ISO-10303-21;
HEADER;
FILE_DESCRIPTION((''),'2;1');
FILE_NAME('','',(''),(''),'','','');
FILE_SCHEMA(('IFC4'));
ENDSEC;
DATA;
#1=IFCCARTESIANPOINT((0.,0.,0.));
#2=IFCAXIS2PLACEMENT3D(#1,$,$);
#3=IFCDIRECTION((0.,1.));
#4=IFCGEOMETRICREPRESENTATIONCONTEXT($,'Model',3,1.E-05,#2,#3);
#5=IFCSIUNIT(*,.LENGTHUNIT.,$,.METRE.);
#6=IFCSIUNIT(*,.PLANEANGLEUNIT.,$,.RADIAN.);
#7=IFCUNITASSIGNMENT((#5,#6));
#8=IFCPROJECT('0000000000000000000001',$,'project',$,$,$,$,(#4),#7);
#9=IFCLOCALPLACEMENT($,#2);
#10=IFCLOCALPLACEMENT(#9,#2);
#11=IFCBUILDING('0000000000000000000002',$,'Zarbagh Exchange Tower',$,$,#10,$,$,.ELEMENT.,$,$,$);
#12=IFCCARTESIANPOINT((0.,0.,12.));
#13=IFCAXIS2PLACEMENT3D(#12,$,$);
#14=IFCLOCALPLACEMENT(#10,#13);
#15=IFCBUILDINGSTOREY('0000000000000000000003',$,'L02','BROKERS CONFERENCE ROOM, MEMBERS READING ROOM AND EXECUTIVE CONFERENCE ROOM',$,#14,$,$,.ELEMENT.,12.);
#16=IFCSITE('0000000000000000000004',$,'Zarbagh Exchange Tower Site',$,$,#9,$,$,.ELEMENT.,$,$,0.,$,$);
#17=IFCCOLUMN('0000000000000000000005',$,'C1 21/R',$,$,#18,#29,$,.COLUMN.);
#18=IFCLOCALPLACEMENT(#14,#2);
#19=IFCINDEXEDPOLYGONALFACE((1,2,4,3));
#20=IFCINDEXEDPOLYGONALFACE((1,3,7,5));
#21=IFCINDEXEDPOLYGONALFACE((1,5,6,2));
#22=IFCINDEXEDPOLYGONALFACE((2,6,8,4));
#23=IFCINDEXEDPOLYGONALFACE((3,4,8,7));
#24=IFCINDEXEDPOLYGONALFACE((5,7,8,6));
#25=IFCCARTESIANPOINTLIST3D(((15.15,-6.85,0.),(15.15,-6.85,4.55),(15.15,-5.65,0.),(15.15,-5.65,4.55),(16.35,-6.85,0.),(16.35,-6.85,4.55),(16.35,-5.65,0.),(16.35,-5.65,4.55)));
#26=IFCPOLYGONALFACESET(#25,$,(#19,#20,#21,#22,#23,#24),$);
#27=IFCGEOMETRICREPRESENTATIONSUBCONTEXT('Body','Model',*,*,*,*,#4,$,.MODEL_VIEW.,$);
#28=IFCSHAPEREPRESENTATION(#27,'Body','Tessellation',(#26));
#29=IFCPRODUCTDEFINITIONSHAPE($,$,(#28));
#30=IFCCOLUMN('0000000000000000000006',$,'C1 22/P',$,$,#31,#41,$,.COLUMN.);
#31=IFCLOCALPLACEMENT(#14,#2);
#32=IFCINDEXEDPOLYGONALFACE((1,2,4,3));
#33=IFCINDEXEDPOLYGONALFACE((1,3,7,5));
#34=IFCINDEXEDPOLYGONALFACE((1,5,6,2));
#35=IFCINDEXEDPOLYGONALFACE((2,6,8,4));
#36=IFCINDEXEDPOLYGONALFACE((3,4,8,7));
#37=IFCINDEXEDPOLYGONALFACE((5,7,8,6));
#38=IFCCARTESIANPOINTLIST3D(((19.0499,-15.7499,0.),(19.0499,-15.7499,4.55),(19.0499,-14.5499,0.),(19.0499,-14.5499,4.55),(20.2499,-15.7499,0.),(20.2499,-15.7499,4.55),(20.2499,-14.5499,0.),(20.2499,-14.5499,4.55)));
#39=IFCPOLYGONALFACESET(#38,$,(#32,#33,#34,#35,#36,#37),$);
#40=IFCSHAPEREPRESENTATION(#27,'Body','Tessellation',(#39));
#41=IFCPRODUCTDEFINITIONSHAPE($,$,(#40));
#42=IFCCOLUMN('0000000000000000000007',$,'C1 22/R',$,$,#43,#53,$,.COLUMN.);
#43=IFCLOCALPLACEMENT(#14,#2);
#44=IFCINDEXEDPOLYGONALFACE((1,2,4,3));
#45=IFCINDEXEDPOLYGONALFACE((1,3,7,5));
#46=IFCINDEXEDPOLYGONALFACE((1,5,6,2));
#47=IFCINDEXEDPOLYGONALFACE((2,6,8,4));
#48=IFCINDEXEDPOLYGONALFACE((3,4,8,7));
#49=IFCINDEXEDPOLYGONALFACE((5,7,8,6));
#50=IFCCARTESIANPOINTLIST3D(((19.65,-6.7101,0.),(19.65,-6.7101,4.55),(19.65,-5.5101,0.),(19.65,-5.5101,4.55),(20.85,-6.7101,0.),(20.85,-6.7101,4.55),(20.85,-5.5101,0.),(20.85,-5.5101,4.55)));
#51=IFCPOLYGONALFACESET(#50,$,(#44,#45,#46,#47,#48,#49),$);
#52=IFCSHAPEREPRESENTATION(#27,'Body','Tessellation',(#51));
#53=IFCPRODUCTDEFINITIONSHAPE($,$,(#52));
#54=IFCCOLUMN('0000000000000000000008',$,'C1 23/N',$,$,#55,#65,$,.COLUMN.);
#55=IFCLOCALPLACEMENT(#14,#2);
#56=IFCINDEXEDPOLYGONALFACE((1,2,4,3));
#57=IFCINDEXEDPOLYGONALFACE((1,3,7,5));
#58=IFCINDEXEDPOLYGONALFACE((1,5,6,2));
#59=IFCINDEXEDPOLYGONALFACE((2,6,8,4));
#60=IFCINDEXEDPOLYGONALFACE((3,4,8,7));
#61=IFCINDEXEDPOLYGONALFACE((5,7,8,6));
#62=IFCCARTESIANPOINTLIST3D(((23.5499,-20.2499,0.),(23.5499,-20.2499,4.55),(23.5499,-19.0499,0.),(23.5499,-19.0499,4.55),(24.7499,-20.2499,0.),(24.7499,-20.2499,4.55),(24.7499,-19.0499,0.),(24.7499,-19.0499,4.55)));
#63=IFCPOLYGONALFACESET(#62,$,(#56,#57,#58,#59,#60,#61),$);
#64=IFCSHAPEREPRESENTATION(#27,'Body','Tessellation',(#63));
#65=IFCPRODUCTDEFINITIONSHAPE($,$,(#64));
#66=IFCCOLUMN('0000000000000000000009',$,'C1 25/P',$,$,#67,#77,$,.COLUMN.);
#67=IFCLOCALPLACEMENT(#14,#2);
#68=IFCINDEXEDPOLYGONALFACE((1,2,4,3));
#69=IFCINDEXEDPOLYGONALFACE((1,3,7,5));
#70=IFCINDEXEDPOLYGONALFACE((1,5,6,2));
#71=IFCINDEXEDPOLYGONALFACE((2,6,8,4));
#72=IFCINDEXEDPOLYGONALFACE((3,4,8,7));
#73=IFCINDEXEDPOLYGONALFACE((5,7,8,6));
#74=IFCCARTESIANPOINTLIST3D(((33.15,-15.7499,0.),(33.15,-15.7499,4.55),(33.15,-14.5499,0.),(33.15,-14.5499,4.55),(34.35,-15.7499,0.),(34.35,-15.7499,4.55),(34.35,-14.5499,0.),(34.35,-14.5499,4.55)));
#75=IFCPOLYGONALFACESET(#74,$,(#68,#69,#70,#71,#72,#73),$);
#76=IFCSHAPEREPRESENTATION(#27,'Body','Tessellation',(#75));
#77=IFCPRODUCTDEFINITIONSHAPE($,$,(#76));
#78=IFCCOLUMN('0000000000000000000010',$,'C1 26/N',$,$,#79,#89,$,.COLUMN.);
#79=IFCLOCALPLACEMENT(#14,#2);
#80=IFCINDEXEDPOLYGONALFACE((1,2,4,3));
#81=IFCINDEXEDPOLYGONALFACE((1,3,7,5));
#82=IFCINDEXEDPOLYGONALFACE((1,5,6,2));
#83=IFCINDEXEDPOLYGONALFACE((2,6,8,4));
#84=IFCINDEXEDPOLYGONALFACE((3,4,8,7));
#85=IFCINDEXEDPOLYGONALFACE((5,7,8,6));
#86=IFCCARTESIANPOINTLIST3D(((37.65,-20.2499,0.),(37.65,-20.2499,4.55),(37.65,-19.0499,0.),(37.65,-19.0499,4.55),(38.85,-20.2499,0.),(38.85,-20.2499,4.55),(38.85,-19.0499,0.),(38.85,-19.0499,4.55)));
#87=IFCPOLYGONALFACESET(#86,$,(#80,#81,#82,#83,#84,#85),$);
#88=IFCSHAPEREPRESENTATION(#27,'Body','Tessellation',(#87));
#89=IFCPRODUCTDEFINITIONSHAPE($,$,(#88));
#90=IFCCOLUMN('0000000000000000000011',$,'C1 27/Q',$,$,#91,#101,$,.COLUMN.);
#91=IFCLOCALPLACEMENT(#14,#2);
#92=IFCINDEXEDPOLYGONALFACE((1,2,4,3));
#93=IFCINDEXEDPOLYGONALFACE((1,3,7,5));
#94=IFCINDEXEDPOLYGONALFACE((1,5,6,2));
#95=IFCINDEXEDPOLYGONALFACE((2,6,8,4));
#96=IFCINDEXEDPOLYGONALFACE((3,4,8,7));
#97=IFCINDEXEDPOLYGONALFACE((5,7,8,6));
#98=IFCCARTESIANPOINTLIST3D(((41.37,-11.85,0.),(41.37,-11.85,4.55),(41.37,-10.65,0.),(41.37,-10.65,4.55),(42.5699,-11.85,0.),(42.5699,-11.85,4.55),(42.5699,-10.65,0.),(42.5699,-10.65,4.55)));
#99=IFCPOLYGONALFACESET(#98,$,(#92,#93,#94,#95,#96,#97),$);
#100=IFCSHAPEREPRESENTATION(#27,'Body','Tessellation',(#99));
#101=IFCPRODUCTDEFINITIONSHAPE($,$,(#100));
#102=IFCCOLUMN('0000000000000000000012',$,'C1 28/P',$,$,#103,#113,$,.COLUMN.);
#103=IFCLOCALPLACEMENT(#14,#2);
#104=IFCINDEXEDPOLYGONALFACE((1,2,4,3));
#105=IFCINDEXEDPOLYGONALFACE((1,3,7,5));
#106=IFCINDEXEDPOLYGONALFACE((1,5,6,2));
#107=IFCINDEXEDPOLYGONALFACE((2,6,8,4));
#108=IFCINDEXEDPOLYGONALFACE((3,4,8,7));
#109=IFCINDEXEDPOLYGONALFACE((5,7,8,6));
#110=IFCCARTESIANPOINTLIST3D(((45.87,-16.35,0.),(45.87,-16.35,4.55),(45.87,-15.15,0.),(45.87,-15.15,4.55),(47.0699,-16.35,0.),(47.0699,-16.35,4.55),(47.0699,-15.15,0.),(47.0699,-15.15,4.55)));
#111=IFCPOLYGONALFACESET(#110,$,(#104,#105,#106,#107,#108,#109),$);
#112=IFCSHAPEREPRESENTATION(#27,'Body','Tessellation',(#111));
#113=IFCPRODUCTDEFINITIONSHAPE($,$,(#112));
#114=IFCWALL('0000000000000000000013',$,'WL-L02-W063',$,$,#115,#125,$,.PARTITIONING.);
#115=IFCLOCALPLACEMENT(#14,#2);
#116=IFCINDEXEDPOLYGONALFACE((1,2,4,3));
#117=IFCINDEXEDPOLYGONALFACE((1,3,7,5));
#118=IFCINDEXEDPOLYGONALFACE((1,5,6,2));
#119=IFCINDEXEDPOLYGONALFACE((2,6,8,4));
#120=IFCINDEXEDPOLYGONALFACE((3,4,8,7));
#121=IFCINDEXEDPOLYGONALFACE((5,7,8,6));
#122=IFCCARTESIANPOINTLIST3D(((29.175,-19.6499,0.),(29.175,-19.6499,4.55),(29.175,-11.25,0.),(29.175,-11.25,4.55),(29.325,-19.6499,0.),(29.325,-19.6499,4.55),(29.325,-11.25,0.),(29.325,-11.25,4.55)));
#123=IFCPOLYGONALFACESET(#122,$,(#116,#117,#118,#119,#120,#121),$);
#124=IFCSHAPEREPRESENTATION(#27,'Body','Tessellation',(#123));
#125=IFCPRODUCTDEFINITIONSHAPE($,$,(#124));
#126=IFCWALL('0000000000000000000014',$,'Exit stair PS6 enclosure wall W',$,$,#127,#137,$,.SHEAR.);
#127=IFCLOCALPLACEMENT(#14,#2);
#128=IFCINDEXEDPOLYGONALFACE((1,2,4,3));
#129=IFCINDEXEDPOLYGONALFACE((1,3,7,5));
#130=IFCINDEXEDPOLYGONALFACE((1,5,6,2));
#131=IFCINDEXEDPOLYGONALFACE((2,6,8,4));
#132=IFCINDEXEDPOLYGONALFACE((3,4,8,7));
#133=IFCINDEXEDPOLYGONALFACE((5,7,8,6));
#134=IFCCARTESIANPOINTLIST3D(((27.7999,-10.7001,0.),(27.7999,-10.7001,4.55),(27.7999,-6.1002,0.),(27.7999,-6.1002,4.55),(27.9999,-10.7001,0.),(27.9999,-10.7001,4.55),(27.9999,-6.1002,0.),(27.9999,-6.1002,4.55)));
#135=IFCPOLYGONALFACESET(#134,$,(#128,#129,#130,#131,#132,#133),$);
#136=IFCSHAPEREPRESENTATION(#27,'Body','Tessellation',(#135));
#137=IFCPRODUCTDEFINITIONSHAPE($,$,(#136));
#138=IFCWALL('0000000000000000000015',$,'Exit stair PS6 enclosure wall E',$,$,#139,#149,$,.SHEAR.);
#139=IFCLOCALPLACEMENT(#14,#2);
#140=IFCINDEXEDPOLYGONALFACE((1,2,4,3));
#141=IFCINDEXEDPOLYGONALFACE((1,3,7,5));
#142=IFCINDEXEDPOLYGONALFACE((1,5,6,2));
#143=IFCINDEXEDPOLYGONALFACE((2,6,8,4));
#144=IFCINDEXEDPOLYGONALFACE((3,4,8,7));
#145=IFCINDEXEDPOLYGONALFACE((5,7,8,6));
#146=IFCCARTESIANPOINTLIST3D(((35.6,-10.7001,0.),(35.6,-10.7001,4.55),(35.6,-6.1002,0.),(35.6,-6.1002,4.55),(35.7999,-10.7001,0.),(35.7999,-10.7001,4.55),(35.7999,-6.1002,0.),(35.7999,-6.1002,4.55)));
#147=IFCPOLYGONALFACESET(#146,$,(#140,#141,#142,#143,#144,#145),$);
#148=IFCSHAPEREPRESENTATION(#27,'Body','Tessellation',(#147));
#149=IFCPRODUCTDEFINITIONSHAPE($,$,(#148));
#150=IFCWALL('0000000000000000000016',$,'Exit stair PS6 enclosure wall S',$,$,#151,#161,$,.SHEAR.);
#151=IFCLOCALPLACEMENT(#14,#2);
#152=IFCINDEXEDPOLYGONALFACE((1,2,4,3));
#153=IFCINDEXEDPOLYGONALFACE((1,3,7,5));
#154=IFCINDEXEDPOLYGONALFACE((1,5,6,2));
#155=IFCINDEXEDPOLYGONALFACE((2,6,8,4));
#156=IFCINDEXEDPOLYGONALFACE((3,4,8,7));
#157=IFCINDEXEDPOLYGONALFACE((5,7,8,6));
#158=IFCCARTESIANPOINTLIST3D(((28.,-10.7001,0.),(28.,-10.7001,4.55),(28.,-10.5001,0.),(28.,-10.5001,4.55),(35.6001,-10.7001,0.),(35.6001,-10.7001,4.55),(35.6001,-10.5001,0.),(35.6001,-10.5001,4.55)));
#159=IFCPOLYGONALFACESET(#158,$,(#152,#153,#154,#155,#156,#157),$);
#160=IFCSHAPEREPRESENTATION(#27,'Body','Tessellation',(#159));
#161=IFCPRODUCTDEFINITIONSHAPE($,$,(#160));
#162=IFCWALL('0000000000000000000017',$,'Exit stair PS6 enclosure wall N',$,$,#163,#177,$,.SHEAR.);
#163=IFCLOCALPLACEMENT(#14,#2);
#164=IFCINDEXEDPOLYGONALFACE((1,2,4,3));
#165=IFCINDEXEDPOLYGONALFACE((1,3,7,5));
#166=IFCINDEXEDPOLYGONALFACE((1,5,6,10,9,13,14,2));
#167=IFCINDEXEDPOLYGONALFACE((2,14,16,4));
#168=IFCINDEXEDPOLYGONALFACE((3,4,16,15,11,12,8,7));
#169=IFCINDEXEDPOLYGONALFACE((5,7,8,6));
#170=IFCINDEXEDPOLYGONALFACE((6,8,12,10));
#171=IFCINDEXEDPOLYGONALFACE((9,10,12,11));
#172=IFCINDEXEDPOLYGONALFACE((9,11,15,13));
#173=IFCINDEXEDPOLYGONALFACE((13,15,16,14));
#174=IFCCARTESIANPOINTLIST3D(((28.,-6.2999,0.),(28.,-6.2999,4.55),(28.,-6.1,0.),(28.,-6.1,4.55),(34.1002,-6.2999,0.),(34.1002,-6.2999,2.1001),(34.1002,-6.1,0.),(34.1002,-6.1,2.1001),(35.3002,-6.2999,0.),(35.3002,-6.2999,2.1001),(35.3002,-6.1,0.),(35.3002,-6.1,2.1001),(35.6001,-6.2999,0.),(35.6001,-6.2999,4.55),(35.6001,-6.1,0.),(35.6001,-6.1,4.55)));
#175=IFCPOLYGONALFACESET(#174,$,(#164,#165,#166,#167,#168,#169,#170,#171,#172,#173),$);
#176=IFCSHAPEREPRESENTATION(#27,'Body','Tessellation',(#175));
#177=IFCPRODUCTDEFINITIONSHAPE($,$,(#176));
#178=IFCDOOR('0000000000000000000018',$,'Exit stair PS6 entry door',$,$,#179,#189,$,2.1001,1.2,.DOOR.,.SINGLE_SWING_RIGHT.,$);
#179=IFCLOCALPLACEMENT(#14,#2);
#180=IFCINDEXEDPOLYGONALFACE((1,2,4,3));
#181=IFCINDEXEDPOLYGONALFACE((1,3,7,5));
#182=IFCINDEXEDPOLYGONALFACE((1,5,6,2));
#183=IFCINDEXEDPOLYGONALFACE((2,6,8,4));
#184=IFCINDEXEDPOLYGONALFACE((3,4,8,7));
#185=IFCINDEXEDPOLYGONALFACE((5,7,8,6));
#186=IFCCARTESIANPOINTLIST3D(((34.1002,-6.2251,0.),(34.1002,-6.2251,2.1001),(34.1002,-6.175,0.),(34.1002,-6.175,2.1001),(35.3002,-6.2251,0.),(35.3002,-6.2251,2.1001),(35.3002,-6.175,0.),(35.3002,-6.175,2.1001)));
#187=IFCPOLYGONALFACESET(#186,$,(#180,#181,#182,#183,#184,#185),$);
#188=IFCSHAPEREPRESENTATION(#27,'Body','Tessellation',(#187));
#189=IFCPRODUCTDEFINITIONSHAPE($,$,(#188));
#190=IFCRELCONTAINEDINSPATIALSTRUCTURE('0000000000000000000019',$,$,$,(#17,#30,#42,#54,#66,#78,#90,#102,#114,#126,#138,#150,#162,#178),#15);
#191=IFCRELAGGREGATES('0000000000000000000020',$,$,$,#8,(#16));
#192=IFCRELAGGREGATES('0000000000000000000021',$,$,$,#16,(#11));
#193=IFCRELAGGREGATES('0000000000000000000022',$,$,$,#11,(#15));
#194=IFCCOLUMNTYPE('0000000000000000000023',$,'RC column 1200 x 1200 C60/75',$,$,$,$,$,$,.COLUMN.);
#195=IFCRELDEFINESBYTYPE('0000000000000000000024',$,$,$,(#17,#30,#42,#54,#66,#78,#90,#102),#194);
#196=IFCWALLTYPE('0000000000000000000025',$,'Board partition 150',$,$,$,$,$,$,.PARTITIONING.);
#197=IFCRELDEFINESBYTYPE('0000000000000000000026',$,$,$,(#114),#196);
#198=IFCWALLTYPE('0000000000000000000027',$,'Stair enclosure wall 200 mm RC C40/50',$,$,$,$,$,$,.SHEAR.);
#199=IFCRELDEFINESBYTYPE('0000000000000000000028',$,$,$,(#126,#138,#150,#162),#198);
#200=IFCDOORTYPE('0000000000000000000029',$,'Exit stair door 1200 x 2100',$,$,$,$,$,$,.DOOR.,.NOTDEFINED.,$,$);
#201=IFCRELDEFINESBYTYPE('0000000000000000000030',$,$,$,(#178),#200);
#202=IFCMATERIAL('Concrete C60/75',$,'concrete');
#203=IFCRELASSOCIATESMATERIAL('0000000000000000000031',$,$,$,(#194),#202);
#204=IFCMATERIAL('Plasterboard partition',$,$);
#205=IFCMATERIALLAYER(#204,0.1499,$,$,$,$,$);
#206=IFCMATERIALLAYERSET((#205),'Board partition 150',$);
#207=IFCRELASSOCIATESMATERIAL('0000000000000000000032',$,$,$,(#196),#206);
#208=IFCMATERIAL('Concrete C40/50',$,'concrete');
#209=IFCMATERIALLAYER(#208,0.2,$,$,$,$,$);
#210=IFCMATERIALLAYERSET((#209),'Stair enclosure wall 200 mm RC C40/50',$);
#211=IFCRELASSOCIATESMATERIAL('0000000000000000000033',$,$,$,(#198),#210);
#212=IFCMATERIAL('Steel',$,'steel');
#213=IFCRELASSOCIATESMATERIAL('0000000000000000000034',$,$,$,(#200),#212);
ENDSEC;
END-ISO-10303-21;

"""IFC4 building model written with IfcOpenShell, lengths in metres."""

from ifc_helpers import new_model, si_unit, direction, frame, frame_2d, origin, origin_2d, place, context, subcontext, project, spatial, rectangle, extrude, material, layer, layer_set, material_profile, profile_set, type_object, element, fill, save


model = new_model("IFC4")

# Units and contexts
model_context = context("Model", 3, precision=1e-05, world=origin(), true_north=direction((0.0, 1.0)))
body_context = subcontext(model_context, "Body", "Model", "MODEL_VIEW")
ifc_project = project(units=[si_unit("LENGTHUNIT", "METRE"), si_unit("PLANEANGLEUNIT", "RADIAN")], contexts=[model_context])

# Site, building, storey
site_placement = place(None, origin())
site = spatial("IfcSite", under=ifc_project, at=site_placement, Name="Zarbagh Exchange Tower Site", CompositionType="ELEMENT", RefElevation=0.0)
building_placement = place(site_placement, origin())
building = spatial("IfcBuilding", under=site, at=building_placement, Name="Zarbagh Exchange Tower", CompositionType="ELEMENT")
storey_placement = place(building_placement, frame((0.0, 0.0, 12.0)))
storey = spatial("IfcBuildingStorey", under=building, at=storey_placement, Name="L02", Description="BROKERS CONFERENCE ROOM, MEMBERS READING ROOM AND EXECUTIVE CONFERENCE ROOM", CompositionType="ELEMENT", Elevation=12.0)

# Columns
ifc_material_1 = material(Name="Concrete C60/75", Category="concrete")
ifc_material_profile = material_profile(ifc_material_1, rectangle(XDim=1.2, YDim=1.2, at=origin_2d()), Name="RC column 1200 x 1200 C60/75")
ifc_profile_set = profile_set([ifc_material_profile], Name="Concrete C60/75")
column_type = type_object("IfcColumnType", Name="RC column 1200 x 1200 C60/75", PredefinedType="COLUMN", material=ifc_profile_set)
for number, where, z_axis, x_axis, name in (
    (1, (15.75, -6.25, 0.0), (0.0, 0.0, 1.0), (1.0, 0.0, 0.0), "C1 21/R"),
    (2, (19.6499, -15.1499, 0.0), (0.0, 0.0, 1.0), (1.0, 0.0, 0.0), "C1 22/P"),
    (3, (20.25, -6.1101, 0.0), (0.0, 0.0, 1.0), (1.0, 0.0, 0.0), "C1 22/R"),
    (4, (24.1499, -19.6499, 0.0), (0.0, 0.0, 1.0), (1.0, 0.0, 0.0), "C1 23/N"),
    (5, (33.75, -15.1499, 0.0), (0.0, 0.0, 1.0), (1.0, 0.0, 0.0), "C1 25/P"),
    (6, (38.25, -19.6499, 0.0), (0.0, 0.0, 1.0), (1.0, 0.0, 0.0), "C1 26/N"),
    (7, (41.97, -11.25, 0.0), (0.0, 0.0, 1.0), (1.0, 0.0, 0.0), "C1 27/Q"),
    (8, (46.47, -15.75, 0.0), (0.0, 0.0, 1.0), (1.0, 0.0, 0.0), "C1 28/P"),
):
    element("IfcColumn", number, at=place(storey_placement, frame(where, z_axis=z_axis, x_axis=x_axis)), inside=storey, type_object=column_type, Name=name, PredefinedType="COLUMN", context=body_context, shape_type="SweptSolid", body=[
        extrude(rectangle(XDim=1.2, YDim=1.2, at=origin_2d()), origin(), (0.0, 0.0, 1.0), 4.55),
    ])

# Walls
ifc_material_2 = material(Name="Plasterboard partition")
ifc_layer_1 = layer(ifc_material_2, 0.1499)
ifc_layer_set_1 = layer_set([ifc_layer_1], Name="Board partition 150")
wall_type_1 = type_object("IfcWallType", Name="Board partition 150", PredefinedType="PARTITIONING", material=ifc_layer_set_1)
wall_1_placement = place(storey_placement, frame((29.25, -11.25, 0.0), z_axis=(0.0, 0.0, 1.0), x_axis=(0.0, -1.0, 0.0)))
element("IfcWall", 9, at=wall_1_placement, inside=storey, type_object=wall_type_1, Name="WL-L02-W063", PredefinedType="PARTITIONING", context=body_context, shape_type="SweptSolid", body=[
    extrude(rectangle(XDim=8.3999, YDim=0.1499, at=frame_2d((4.2, 0.0))), origin(), (0.0, 0.0, 1.0), 4.55),
])
ifc_material_3 = material(Name="Concrete C40/50", Category="concrete")
ifc_layer_2 = layer(ifc_material_3, 0.2)
ifc_layer_set_2 = layer_set([ifc_layer_2], Name="Stair enclosure wall 200 mm RC C40/50")
wall_type_2 = type_object("IfcWallType", Name="Stair enclosure wall 200 mm RC C40/50", PredefinedType="SHEAR", material=ifc_layer_set_2)
for number, where, z_axis, x_axis, name in (
    (10, (27.8999, -10.7, 0.0), (0.0, 0.0, 1.0), (0.0, 1.0, 0.0), "Exit stair PS6 enclosure wall W"),
    (11, (35.7, -10.7, 0.0), (0.0, 0.0, 1.0), (0.0, 1.0, 0.0), "Exit stair PS6 enclosure wall E"),
):
    element("IfcWall", number, at=place(storey_placement, frame(where, z_axis=z_axis, x_axis=x_axis)), inside=storey, type_object=wall_type_2, Name=name, PredefinedType="SHEAR", context=body_context, shape_type="SweptSolid", body=[
        extrude(rectangle(XDim=4.5999, YDim=0.2, at=frame_2d((2.2998, 0.0))), origin(), (0.0, 0.0, 1.0), 4.55),
    ])
wall_2_placement = place(storey_placement, frame((28.0, -10.6001, 0.0), z_axis=(0.0, 0.0, 1.0), x_axis=(1.0, 0.0, 0.0)))
element("IfcWall", 12, at=wall_2_placement, inside=storey, type_object=wall_type_2, Name="Exit stair PS6 enclosure wall S", PredefinedType="SHEAR", context=body_context, shape_type="SweptSolid", body=[
    extrude(rectangle(XDim=7.6001, YDim=0.2, at=frame_2d((3.8, 0.0))), origin(), (0.0, 0.0, 1.0), 4.55),
])

# Wall, opening, door
wall_3_placement = place(storey_placement, frame((28.0, -6.2, 0.0), z_axis=(0.0, 0.0, 1.0), x_axis=(1.0, 0.0, 0.0)))
wall_3 = element("IfcWall", 13, at=wall_3_placement, inside=storey, type_object=wall_type_2, Name="Exit stair PS6 enclosure wall N", PredefinedType="SHEAR", context=body_context, shape_type="SweptSolid", body=[
    extrude(rectangle(XDim=7.6001, YDim=0.2, at=frame_2d((3.8, 0.0))), origin(), (0.0, 0.0, 1.0), 4.55),
])
opening_1_placement = place(wall_3_placement, frame((6.1001, 0.0, 0.0)))
opening_1 = element("IfcOpeningElement", 14, at=opening_1_placement, cuts=wall_3, PredefinedType="OPENING", context=body_context, shape_type="SweptSolid", body=[
    extrude(rectangle(XDim=1.2, YDim=2.1001, at=frame_2d((0.6001, 1.05))), frame((0.0, 0.1099, 0.0), z_axis=(0.0, -1.0, 0.0), x_axis=(1.0, 0.0, 0.0)), (0.0, 0.0, 1.0), 0.22),
])
ifc_material_4 = material(Name="Steel", Category="steel")
door_type_1 = type_object("IfcDoorType", Name="Exit stair door 1200 x 2100", OperationType="NOTDEFINED", PredefinedType="DOOR", material=ifc_material_4)
door_1_placement = place(opening_1_placement, origin())
door_1 = element("IfcDoor", 15, at=door_1_placement, inside=storey, type_object=door_type_1, Name="Exit stair PS6 entry door", OperationType="SINGLE_SWING_RIGHT", OverallHeight=2.1001, OverallWidth=1.2, PredefinedType="DOOR", context=body_context, shape_type="SweptSolid", body=[
    extrude(rectangle(XDim=1.2, YDim=2.1001, at=frame_2d((0.6001, 1.05))), frame((0.0, 0.0249, 0.0), z_axis=(0.0, -1.0, 0.0), x_axis=(1.0, 0.0, 0.0)), (0.0, 0.0, 1.0), 0.05),
])
fill(opening_1, door_1)

save(model, "model.ifc")
